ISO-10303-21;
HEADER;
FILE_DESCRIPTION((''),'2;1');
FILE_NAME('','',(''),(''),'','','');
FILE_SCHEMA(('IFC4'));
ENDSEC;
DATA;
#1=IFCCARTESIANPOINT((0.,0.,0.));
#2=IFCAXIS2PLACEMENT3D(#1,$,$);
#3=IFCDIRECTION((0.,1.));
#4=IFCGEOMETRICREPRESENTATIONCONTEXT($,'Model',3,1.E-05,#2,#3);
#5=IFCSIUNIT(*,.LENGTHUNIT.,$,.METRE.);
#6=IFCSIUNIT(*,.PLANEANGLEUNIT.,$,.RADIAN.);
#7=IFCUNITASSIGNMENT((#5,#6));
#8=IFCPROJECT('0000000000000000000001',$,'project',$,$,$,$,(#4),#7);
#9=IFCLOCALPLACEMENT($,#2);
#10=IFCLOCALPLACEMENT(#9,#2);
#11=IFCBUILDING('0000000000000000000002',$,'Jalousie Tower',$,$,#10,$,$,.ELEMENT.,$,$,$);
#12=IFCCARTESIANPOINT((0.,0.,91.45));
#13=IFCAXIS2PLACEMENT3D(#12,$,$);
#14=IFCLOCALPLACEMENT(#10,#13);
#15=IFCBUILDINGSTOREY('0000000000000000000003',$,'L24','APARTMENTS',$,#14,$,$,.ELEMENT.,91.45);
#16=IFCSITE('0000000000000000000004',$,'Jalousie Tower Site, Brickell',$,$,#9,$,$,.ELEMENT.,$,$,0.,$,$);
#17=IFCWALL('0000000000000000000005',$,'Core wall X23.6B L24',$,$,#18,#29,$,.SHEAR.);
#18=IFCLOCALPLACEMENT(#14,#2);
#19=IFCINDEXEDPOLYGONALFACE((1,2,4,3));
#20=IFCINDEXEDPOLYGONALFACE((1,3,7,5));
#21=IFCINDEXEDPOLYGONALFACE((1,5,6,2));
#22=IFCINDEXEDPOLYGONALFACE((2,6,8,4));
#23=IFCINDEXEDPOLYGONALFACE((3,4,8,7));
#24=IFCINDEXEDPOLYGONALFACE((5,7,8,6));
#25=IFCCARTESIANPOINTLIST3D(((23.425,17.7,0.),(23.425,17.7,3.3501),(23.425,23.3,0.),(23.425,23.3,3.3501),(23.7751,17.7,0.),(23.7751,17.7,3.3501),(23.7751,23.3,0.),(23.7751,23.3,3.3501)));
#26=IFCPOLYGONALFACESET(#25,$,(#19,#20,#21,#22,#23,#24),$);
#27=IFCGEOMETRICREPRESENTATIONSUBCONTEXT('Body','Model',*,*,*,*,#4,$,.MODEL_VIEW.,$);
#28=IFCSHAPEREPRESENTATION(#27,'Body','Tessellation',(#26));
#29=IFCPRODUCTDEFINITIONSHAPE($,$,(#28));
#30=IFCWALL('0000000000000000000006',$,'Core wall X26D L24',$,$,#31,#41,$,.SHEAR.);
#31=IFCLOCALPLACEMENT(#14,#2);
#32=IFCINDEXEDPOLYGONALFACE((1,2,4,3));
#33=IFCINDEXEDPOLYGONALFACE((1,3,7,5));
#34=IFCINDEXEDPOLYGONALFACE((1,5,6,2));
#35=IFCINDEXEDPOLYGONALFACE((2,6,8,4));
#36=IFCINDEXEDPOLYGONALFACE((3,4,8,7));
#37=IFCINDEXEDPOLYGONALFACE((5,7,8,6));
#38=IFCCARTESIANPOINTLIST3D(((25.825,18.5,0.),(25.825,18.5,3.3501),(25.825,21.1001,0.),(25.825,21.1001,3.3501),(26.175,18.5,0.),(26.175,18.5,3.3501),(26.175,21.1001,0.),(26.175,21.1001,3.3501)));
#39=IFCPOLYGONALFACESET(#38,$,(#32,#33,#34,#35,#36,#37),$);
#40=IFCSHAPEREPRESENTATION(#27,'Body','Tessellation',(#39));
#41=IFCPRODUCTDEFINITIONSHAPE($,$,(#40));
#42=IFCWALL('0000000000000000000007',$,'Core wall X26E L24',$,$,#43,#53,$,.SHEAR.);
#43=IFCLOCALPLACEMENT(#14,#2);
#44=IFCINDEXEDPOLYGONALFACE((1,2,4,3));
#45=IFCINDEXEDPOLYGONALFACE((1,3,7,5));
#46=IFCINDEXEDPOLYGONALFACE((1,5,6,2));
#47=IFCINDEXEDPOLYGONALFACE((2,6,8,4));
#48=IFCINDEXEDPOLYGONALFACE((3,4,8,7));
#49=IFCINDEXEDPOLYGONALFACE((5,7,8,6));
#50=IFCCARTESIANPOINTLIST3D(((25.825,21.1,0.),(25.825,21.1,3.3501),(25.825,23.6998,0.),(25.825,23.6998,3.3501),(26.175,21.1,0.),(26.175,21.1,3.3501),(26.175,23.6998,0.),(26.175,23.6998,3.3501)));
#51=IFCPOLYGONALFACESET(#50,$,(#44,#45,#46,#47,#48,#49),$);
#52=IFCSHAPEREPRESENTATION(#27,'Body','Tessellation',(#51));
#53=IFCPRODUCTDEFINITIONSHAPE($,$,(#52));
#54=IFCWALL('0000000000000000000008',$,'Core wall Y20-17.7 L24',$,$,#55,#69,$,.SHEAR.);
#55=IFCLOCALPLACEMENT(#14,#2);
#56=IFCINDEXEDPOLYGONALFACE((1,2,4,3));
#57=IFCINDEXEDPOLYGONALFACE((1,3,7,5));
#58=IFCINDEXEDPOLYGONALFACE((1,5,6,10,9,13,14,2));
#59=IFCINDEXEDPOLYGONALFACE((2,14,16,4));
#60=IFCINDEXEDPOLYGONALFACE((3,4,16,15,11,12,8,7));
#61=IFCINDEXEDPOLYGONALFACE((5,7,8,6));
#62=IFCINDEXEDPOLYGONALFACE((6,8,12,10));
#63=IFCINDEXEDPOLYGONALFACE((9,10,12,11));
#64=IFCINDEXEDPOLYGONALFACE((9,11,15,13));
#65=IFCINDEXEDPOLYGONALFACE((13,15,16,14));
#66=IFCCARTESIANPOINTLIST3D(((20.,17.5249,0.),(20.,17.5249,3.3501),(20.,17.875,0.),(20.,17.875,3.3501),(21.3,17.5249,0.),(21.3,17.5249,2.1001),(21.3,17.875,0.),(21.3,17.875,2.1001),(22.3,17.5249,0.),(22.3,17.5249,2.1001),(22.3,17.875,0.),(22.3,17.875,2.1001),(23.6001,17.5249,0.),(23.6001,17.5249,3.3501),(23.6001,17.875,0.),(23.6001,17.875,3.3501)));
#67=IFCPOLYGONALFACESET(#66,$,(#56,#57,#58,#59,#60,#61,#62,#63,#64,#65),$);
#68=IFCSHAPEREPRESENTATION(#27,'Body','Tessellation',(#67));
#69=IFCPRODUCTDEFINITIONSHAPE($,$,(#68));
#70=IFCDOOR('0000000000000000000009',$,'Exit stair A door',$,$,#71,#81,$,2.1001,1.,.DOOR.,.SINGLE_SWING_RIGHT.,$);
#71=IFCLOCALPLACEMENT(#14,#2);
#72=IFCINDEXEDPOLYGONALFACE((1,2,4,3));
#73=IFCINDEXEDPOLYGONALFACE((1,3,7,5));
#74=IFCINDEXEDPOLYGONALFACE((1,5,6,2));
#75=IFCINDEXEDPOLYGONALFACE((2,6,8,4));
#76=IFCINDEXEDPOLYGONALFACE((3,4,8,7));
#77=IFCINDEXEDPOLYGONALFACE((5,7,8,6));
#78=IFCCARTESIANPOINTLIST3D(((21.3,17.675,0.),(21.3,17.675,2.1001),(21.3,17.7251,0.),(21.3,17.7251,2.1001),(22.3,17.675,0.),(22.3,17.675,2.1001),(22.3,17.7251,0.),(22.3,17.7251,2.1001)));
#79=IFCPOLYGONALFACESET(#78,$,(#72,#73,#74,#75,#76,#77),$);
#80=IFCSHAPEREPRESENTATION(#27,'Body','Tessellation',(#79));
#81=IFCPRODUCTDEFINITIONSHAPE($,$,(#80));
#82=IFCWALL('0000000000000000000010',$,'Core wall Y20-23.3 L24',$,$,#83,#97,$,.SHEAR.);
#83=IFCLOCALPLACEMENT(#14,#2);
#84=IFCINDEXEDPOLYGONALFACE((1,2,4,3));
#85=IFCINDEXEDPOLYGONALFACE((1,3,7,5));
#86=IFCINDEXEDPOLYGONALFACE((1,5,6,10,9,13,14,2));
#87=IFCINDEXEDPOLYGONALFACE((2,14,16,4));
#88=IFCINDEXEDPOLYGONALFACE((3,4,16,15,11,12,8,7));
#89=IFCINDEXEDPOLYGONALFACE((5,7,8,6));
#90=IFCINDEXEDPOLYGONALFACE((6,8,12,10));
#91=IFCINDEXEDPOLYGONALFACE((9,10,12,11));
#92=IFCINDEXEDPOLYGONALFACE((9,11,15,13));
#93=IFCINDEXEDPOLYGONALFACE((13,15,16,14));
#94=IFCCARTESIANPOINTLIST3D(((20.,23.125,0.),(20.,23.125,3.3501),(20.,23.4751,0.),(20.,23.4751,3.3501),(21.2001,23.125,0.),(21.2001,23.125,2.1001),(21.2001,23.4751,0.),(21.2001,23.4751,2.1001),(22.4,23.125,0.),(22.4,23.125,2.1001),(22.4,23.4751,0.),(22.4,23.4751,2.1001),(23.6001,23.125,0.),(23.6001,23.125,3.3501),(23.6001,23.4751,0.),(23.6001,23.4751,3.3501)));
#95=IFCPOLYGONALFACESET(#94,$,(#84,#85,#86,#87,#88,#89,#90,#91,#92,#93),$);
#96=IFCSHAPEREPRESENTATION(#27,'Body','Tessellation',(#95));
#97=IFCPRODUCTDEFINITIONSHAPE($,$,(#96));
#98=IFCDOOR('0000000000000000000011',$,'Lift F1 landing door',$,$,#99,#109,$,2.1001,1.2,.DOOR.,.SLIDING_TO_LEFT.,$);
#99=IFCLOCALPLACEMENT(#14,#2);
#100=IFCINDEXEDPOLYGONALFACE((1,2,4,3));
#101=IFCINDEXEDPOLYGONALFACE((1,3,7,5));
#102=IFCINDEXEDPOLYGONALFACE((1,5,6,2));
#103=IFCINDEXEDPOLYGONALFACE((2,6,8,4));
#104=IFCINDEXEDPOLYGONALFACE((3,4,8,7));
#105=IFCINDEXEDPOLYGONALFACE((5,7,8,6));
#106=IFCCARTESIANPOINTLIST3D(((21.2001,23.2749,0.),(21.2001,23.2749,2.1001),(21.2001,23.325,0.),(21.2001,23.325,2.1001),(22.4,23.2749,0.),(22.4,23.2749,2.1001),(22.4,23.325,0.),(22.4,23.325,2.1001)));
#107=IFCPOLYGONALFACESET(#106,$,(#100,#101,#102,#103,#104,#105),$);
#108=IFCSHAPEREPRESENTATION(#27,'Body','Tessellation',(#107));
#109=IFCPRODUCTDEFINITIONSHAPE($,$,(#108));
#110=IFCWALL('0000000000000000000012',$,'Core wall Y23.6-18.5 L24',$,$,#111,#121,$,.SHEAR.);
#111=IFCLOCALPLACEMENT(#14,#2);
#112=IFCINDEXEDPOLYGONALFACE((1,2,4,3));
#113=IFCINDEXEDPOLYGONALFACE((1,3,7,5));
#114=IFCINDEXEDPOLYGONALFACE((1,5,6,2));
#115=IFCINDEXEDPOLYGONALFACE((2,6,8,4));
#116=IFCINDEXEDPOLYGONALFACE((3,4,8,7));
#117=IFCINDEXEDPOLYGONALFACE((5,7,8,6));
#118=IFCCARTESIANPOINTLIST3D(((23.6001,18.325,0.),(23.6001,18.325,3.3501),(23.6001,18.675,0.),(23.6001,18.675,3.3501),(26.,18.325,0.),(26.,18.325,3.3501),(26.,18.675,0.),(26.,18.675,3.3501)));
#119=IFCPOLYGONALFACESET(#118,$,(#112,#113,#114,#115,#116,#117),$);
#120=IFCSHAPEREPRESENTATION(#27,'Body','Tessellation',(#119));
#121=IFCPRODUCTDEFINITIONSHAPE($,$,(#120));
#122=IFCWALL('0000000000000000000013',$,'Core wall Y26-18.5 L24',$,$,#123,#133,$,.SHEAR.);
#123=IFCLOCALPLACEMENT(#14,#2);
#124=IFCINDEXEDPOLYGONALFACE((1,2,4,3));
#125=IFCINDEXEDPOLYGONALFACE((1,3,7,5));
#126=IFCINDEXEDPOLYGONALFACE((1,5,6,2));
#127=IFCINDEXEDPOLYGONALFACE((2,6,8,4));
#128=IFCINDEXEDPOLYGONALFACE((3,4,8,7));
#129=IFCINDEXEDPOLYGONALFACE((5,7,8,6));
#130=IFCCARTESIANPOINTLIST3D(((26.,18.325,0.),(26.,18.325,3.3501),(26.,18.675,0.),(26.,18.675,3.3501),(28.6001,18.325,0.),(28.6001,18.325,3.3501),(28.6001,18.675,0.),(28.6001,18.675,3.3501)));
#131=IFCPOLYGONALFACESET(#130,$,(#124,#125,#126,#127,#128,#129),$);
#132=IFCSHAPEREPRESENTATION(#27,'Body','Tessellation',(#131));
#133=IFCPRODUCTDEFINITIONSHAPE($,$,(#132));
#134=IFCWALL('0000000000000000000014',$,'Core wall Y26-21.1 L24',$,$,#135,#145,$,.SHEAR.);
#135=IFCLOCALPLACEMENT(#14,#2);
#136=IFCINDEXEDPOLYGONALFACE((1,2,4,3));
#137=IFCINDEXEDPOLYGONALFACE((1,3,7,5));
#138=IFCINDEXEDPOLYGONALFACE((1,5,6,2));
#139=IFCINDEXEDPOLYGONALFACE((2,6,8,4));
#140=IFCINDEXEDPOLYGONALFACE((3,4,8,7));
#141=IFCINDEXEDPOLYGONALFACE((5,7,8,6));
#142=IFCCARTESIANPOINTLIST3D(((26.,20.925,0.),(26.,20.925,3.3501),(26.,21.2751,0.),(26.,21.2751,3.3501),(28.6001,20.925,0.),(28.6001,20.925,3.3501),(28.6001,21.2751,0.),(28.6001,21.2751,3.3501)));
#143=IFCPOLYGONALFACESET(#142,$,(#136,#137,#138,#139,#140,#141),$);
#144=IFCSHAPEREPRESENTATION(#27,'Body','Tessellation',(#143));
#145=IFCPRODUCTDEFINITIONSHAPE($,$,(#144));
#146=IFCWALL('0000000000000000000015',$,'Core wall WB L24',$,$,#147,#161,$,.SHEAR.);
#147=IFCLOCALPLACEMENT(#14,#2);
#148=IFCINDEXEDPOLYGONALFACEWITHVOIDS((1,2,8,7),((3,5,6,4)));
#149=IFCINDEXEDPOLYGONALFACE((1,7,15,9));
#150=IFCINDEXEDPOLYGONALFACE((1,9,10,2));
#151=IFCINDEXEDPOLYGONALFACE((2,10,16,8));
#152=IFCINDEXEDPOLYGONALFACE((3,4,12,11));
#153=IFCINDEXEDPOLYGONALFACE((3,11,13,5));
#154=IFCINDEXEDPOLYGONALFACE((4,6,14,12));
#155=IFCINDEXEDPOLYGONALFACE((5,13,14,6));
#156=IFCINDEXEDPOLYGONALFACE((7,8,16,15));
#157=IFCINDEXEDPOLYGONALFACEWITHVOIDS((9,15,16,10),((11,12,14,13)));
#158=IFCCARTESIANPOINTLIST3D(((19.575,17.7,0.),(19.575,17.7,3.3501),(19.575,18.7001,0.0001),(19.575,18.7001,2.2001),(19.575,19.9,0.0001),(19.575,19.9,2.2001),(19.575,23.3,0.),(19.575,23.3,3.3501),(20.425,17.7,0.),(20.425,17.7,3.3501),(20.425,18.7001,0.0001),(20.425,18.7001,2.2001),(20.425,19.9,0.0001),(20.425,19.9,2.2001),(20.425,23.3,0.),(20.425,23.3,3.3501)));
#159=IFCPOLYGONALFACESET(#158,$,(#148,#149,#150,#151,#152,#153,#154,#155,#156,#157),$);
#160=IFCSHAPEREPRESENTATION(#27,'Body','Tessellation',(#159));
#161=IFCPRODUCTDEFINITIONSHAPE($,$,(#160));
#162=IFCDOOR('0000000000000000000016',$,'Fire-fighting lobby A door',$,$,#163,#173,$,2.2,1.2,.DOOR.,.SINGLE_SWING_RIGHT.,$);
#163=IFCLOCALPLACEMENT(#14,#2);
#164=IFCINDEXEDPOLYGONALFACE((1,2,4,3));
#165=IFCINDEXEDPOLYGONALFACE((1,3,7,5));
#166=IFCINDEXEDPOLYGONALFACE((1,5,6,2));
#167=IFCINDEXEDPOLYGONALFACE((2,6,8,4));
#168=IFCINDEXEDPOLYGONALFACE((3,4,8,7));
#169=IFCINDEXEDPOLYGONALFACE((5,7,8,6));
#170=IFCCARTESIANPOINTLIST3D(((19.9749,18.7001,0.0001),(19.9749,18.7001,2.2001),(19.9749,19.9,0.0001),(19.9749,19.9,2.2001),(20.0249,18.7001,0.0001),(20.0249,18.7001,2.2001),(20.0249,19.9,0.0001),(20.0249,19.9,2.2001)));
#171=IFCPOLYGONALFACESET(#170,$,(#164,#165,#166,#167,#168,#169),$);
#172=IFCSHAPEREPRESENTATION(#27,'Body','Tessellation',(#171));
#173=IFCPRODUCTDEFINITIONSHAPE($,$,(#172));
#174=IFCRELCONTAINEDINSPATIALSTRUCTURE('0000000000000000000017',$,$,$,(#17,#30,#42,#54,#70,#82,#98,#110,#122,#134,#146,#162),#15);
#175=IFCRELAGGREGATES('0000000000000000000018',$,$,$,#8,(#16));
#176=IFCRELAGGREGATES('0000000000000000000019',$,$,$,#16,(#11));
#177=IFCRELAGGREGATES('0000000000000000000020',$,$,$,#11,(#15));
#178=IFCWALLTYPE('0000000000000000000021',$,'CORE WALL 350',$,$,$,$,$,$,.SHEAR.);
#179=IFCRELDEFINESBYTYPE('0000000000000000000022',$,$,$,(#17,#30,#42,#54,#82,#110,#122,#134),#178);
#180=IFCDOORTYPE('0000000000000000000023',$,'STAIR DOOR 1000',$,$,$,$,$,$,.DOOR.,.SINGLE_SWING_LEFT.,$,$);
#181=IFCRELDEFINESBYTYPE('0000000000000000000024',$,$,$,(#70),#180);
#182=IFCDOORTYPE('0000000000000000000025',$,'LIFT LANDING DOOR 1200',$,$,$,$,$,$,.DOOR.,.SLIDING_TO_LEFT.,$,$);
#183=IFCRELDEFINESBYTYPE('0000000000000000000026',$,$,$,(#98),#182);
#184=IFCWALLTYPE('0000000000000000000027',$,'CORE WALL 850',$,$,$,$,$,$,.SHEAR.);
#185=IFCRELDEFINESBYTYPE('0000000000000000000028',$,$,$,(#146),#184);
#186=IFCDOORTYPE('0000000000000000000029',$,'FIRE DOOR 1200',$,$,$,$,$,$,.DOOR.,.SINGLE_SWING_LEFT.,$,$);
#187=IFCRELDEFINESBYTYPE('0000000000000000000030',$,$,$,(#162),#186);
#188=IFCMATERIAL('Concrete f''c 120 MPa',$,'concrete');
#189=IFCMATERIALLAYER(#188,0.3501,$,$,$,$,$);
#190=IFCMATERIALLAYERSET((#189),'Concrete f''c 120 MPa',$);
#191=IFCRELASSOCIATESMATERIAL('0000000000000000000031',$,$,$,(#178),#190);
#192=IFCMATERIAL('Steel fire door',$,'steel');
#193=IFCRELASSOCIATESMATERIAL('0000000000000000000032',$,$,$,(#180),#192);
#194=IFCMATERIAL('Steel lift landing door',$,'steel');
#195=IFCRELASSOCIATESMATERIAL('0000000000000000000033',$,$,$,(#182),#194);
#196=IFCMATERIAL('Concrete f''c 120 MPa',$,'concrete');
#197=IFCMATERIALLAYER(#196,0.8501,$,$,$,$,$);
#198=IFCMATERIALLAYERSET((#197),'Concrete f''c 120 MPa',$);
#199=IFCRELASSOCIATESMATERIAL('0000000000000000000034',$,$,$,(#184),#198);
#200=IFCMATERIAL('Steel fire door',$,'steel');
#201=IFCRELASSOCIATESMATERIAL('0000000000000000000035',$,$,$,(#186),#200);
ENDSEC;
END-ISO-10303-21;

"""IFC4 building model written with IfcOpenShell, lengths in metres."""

from ifc_helpers import new_model, si_unit, direction, frame, frame_2d, origin, place, context, subcontext, project, spatial, rectangle, extrude, material, layer, layer_set, type_object, element, fill, save


model = new_model("IFC4")

# Units and contexts
model_context = context("Model", 3, precision=1e-05, world=origin(), true_north=direction((0.0, 1.0)))
body_context = subcontext(model_context, "Body", "Model", "MODEL_VIEW")
ifc_project = project(units=[si_unit("LENGTHUNIT", "METRE"), si_unit("PLANEANGLEUNIT", "RADIAN")], contexts=[model_context])

# Site, building, storey
site_placement = place(None, origin())
site = spatial("IfcSite", under=ifc_project, at=site_placement, Name="Jalousie Tower Site, Brickell", CompositionType="ELEMENT", RefElevation=0.0)
building_placement = place(site_placement, origin())
building = spatial("IfcBuilding", under=site, at=building_placement, Name="Jalousie Tower", CompositionType="ELEMENT")
storey_placement = place(building_placement, frame((0.0, 0.0, 91.45)))
storey = spatial("IfcBuildingStorey", under=building, at=storey_placement, Name="L24", Description="APARTMENTS", CompositionType="ELEMENT", Elevation=91.45)

# Walls
ifc_material_1 = material(Name="Concrete f'c 120 MPa", Category="concrete")
ifc_layer_1 = layer(ifc_material_1, 0.3501)
ifc_layer_set_1 = layer_set([ifc_layer_1], Name="Concrete f'c 120 MPa")
wall_type_1 = type_object("IfcWallType", Name="CORE WALL 350", PredefinedType="SHEAR", material=ifc_layer_set_1)
wall_1_placement = place(storey_placement, frame((23.6001, 17.7, 0.0), z_axis=(0.0, 0.0, 1.0), x_axis=(0.0, 1.0, 0.0)))
element("IfcWall", 1, at=wall_1_placement, inside=storey, type_object=wall_type_1, Name="Core wall X23.6B L24", PredefinedType="SHEAR", context=body_context, shape_type="SweptSolid", body=[
    extrude(rectangle(XDim=5.6001, YDim=0.3501, at=frame_2d((2.8, 0.0))), origin(), (0.0, 0.0, 1.0), 3.3501),
])
wall_2_placement = place(storey_placement, frame((26.0, 18.5, 0.0), z_axis=(0.0, 0.0, 1.0), x_axis=(0.0, 1.0, 0.0)))
element("IfcWall", 2, at=wall_2_placement, inside=storey, type_object=wall_type_1, Name="Core wall X26D L24", PredefinedType="SHEAR", context=body_context, shape_type="SweptSolid", body=[
    extrude(rectangle(XDim=2.6001, YDim=0.3501, at=frame_2d((1.3, 0.0))), origin(), (0.0, 0.0, 1.0), 3.3501),
])
wall_3_placement = place(storey_placement, frame((26.0, 21.1001, 0.0), z_axis=(0.0, 0.0, 1.0), x_axis=(0.0, 1.0, 0.0)))
element("IfcWall", 3, at=wall_3_placement, inside=storey, type_object=wall_type_1, Name="Core wall X26E L24", PredefinedType="SHEAR", context=body_context, shape_type="SweptSolid", body=[
    extrude(rectangle(XDim=2.5999, YDim=0.3501, at=frame_2d((1.2998, 0.0))), origin(), (0.0, 0.0, 1.0), 3.3501),
])

# Walls, openings, doors
wall_4_placement = place(storey_placement, frame((20.0, 17.7, 0.0), z_axis=(0.0, 0.0, 1.0), x_axis=(1.0, 0.0, 0.0)))
wall_4 = element("IfcWall", 4, at=wall_4_placement, inside=storey, type_object=wall_type_1, Name="Core wall Y20-17.7 L24", PredefinedType="SHEAR", context=body_context, shape_type="SweptSolid", body=[
    extrude(rectangle(XDim=3.6001, YDim=0.3501, at=frame_2d((1.8, 0.0))), origin(), (0.0, 0.0, 1.0), 3.3501),
])
opening_1_placement = place(wall_4_placement, frame((1.3, 0.0, 0.0)))
opening_1 = element("IfcOpeningElement", 5, at=opening_1_placement, cuts=wall_4, PredefinedType="OPENING", context=body_context, shape_type="SweptSolid", body=[
    extrude(rectangle(XDim=1.0, YDim=2.1001, at=frame_2d((0.5, 1.05))), frame((0.0, 0.1851, 0.0), z_axis=(0.0, -1.0, 0.0), x_axis=(1.0, 0.0, 0.0)), (0.0, 0.0, 1.0), 0.3701),
])
ifc_material_2 = material(Name="Steel fire door", Category="steel")
door_type_1 = type_object("IfcDoorType", Name="STAIR DOOR 1000", OperationType="SINGLE_SWING_LEFT", PredefinedType="DOOR", material=ifc_material_2)
door_1_placement = place(opening_1_placement, frame((1.0, 0.0, 0.0), z_axis=(0.0, 0.0, 1.0), x_axis=(-1.0, 0.0, 0.0)))
door_1 = element("IfcDoor", 6, at=door_1_placement, inside=storey, type_object=door_type_1, Name="Exit stair A door", OperationType="SINGLE_SWING_RIGHT", OverallHeight=2.1001, OverallWidth=1.0, PredefinedType="DOOR", context=body_context, shape_type="SweptSolid", body=[
    extrude(rectangle(XDim=1.0, YDim=2.1001, at=frame_2d((0.5, 1.05))), frame((0.0, 0.0249, 0.0), z_axis=(0.0, -1.0, 0.0), x_axis=(1.0, 0.0, 0.0)), (0.0, 0.0, 1.0), 0.05),
])
fill(opening_1, door_1)
wall_5_placement = place(storey_placement, frame((20.0, 23.3, 0.0), z_axis=(0.0, 0.0, 1.0), x_axis=(1.0, 0.0, 0.0)))
wall_5 = element("IfcWall", 7, at=wall_5_placement, inside=storey, type_object=wall_type_1, Name="Core wall Y20-23.3 L24", PredefinedType="SHEAR", context=body_context, shape_type="SweptSolid", body=[
    extrude(rectangle(XDim=3.6001, YDim=0.3501, at=frame_2d((1.8, 0.0))), origin(), (0.0, 0.0, 1.0), 3.3501),
])
opening_2_placement = place(wall_5_placement, frame((1.2, 0.0, 0.0)))
opening_2 = element("IfcOpeningElement", 8, at=opening_2_placement, cuts=wall_5, PredefinedType="OPENING", context=body_context, shape_type="SweptSolid", body=[
    extrude(rectangle(XDim=1.2, YDim=2.1001, at=frame_2d((0.6001, 1.05))), frame((0.0, 0.1851, 0.0), z_axis=(0.0, -1.0, 0.0), x_axis=(1.0, 0.0, 0.0)), (0.0, 0.0, 1.0), 0.3701),
])
ifc_material_3 = material(Name="Steel lift landing door", Category="steel")
door_type_2 = type_object("IfcDoorType", Name="LIFT LANDING DOOR 1200", OperationType="SLIDING_TO_LEFT", PredefinedType="DOOR", material=ifc_material_3)
door_2_placement = place(opening_2_placement, origin())
door_2 = element("IfcDoor", 9, at=door_2_placement, inside=storey, type_object=door_type_2, Name="Lift F1 landing door", OperationType="SLIDING_TO_LEFT", OverallHeight=2.1001, OverallWidth=1.2, PredefinedType="DOOR", context=body_context, shape_type="SweptSolid", body=[
    extrude(rectangle(XDim=1.2, YDim=2.1001, at=frame_2d((0.6001, 1.05))), frame((0.0, 0.0249, 0.0), z_axis=(0.0, -1.0, 0.0), x_axis=(1.0, 0.0, 0.0)), (0.0, 0.0, 1.0), 0.05),
])
fill(opening_2, door_2)

# Walls
wall_6_placement = place(storey_placement, frame((23.6001, 18.5, 0.0), z_axis=(0.0, 0.0, 1.0), x_axis=(1.0, 0.0, 0.0)))
element("IfcWall", 10, at=wall_6_placement, inside=storey, type_object=wall_type_1, Name="Core wall Y23.6-18.5 L24", PredefinedType="SHEAR", context=body_context, shape_type="SweptSolid", body=[
    extrude(rectangle(XDim=2.3999, YDim=0.3501, at=frame_2d((1.2, 0.0))), origin(), (0.0, 0.0, 1.0), 3.3501),
])
for number, where, z_axis, x_axis, name in (
    (11, (26.0, 18.5, 0.0), (0.0, 0.0, 1.0), (1.0, 0.0, 0.0), "Core wall Y26-18.5 L24"),
    (12, (26.0, 21.1001, 0.0), (0.0, 0.0, 1.0), (1.0, 0.0, 0.0), "Core wall Y26-21.1 L24"),
):
    element("IfcWall", number, at=place(storey_placement, frame(where, z_axis=z_axis, x_axis=x_axis)), inside=storey, type_object=wall_type_1, Name=name, PredefinedType="SHEAR", context=body_context, shape_type="SweptSolid", body=[
        extrude(rectangle(XDim=2.6001, YDim=0.3501, at=frame_2d((1.3, 0.0))), origin(), (0.0, 0.0, 1.0), 3.3501),
    ])

# Wall, opening, door
ifc_material_4 = material(Name="Concrete f'c 120 MPa", Category="concrete")
ifc_layer_2 = layer(ifc_material_4, 0.8501)
ifc_layer_set_2 = layer_set([ifc_layer_2], Name="Concrete f'c 120 MPa")
wall_type_2 = type_object("IfcWallType", Name="CORE WALL 850", PredefinedType="SHEAR", material=ifc_layer_set_2)
wall_7_placement = place(storey_placement, frame((20.0, 23.3, 0.0), z_axis=(0.0, 0.0, 1.0), x_axis=(0.0, -1.0, 0.0)))
wall_7 = element("IfcWall", 13, at=wall_7_placement, inside=storey, type_object=wall_type_2, Name="Core wall WB L24", PredefinedType="SHEAR", context=body_context, shape_type="SweptSolid", body=[
    extrude(rectangle(XDim=5.6001, YDim=0.8501, at=frame_2d((2.8, 0.0))), origin(), (0.0, 0.0, 1.0), 3.3501),
])
opening_3_placement = place(wall_7_placement, frame((3.3999, 0.0, 0.0)))
opening_3 = element("IfcOpeningElement", 14, at=opening_3_placement, cuts=wall_7, PredefinedType="OPENING", context=body_context, shape_type="SweptSolid", body=[
    extrude(rectangle(XDim=1.2, YDim=2.2, at=frame_2d((0.6001, 1.1001))), frame((0.0, 0.4351, 0.0), z_axis=(0.0, -1.0, 0.0), x_axis=(1.0, 0.0, 0.0)), (0.0, 0.0, 1.0), 0.8701),
])
ifc_material_5 = material(Name="Steel fire door", Category="steel")
door_type_3 = type_object("IfcDoorType", Name="FIRE DOOR 1200", OperationType="SINGLE_SWING_LEFT", PredefinedType="DOOR", material=ifc_material_5)
door_3_placement = place(opening_3_placement, origin())
door_3 = element("IfcDoor", 15, at=door_3_placement, inside=storey, type_object=door_type_3, Name="Fire-fighting lobby A door", OperationType="SINGLE_SWING_RIGHT", OverallHeight=2.2, OverallWidth=1.2, PredefinedType="DOOR", context=body_context, shape_type="SweptSolid", body=[
    extrude(rectangle(XDim=1.2, YDim=2.2, at=frame_2d((0.6001, 1.1001))), frame((0.0, 0.0249, 0.0), z_axis=(0.0, -1.0, 0.0), x_axis=(1.0, 0.0, 0.0)), (0.0, 0.0, 1.0), 0.05),
])
fill(opening_3, door_3)

save(model, "model.ifc")
